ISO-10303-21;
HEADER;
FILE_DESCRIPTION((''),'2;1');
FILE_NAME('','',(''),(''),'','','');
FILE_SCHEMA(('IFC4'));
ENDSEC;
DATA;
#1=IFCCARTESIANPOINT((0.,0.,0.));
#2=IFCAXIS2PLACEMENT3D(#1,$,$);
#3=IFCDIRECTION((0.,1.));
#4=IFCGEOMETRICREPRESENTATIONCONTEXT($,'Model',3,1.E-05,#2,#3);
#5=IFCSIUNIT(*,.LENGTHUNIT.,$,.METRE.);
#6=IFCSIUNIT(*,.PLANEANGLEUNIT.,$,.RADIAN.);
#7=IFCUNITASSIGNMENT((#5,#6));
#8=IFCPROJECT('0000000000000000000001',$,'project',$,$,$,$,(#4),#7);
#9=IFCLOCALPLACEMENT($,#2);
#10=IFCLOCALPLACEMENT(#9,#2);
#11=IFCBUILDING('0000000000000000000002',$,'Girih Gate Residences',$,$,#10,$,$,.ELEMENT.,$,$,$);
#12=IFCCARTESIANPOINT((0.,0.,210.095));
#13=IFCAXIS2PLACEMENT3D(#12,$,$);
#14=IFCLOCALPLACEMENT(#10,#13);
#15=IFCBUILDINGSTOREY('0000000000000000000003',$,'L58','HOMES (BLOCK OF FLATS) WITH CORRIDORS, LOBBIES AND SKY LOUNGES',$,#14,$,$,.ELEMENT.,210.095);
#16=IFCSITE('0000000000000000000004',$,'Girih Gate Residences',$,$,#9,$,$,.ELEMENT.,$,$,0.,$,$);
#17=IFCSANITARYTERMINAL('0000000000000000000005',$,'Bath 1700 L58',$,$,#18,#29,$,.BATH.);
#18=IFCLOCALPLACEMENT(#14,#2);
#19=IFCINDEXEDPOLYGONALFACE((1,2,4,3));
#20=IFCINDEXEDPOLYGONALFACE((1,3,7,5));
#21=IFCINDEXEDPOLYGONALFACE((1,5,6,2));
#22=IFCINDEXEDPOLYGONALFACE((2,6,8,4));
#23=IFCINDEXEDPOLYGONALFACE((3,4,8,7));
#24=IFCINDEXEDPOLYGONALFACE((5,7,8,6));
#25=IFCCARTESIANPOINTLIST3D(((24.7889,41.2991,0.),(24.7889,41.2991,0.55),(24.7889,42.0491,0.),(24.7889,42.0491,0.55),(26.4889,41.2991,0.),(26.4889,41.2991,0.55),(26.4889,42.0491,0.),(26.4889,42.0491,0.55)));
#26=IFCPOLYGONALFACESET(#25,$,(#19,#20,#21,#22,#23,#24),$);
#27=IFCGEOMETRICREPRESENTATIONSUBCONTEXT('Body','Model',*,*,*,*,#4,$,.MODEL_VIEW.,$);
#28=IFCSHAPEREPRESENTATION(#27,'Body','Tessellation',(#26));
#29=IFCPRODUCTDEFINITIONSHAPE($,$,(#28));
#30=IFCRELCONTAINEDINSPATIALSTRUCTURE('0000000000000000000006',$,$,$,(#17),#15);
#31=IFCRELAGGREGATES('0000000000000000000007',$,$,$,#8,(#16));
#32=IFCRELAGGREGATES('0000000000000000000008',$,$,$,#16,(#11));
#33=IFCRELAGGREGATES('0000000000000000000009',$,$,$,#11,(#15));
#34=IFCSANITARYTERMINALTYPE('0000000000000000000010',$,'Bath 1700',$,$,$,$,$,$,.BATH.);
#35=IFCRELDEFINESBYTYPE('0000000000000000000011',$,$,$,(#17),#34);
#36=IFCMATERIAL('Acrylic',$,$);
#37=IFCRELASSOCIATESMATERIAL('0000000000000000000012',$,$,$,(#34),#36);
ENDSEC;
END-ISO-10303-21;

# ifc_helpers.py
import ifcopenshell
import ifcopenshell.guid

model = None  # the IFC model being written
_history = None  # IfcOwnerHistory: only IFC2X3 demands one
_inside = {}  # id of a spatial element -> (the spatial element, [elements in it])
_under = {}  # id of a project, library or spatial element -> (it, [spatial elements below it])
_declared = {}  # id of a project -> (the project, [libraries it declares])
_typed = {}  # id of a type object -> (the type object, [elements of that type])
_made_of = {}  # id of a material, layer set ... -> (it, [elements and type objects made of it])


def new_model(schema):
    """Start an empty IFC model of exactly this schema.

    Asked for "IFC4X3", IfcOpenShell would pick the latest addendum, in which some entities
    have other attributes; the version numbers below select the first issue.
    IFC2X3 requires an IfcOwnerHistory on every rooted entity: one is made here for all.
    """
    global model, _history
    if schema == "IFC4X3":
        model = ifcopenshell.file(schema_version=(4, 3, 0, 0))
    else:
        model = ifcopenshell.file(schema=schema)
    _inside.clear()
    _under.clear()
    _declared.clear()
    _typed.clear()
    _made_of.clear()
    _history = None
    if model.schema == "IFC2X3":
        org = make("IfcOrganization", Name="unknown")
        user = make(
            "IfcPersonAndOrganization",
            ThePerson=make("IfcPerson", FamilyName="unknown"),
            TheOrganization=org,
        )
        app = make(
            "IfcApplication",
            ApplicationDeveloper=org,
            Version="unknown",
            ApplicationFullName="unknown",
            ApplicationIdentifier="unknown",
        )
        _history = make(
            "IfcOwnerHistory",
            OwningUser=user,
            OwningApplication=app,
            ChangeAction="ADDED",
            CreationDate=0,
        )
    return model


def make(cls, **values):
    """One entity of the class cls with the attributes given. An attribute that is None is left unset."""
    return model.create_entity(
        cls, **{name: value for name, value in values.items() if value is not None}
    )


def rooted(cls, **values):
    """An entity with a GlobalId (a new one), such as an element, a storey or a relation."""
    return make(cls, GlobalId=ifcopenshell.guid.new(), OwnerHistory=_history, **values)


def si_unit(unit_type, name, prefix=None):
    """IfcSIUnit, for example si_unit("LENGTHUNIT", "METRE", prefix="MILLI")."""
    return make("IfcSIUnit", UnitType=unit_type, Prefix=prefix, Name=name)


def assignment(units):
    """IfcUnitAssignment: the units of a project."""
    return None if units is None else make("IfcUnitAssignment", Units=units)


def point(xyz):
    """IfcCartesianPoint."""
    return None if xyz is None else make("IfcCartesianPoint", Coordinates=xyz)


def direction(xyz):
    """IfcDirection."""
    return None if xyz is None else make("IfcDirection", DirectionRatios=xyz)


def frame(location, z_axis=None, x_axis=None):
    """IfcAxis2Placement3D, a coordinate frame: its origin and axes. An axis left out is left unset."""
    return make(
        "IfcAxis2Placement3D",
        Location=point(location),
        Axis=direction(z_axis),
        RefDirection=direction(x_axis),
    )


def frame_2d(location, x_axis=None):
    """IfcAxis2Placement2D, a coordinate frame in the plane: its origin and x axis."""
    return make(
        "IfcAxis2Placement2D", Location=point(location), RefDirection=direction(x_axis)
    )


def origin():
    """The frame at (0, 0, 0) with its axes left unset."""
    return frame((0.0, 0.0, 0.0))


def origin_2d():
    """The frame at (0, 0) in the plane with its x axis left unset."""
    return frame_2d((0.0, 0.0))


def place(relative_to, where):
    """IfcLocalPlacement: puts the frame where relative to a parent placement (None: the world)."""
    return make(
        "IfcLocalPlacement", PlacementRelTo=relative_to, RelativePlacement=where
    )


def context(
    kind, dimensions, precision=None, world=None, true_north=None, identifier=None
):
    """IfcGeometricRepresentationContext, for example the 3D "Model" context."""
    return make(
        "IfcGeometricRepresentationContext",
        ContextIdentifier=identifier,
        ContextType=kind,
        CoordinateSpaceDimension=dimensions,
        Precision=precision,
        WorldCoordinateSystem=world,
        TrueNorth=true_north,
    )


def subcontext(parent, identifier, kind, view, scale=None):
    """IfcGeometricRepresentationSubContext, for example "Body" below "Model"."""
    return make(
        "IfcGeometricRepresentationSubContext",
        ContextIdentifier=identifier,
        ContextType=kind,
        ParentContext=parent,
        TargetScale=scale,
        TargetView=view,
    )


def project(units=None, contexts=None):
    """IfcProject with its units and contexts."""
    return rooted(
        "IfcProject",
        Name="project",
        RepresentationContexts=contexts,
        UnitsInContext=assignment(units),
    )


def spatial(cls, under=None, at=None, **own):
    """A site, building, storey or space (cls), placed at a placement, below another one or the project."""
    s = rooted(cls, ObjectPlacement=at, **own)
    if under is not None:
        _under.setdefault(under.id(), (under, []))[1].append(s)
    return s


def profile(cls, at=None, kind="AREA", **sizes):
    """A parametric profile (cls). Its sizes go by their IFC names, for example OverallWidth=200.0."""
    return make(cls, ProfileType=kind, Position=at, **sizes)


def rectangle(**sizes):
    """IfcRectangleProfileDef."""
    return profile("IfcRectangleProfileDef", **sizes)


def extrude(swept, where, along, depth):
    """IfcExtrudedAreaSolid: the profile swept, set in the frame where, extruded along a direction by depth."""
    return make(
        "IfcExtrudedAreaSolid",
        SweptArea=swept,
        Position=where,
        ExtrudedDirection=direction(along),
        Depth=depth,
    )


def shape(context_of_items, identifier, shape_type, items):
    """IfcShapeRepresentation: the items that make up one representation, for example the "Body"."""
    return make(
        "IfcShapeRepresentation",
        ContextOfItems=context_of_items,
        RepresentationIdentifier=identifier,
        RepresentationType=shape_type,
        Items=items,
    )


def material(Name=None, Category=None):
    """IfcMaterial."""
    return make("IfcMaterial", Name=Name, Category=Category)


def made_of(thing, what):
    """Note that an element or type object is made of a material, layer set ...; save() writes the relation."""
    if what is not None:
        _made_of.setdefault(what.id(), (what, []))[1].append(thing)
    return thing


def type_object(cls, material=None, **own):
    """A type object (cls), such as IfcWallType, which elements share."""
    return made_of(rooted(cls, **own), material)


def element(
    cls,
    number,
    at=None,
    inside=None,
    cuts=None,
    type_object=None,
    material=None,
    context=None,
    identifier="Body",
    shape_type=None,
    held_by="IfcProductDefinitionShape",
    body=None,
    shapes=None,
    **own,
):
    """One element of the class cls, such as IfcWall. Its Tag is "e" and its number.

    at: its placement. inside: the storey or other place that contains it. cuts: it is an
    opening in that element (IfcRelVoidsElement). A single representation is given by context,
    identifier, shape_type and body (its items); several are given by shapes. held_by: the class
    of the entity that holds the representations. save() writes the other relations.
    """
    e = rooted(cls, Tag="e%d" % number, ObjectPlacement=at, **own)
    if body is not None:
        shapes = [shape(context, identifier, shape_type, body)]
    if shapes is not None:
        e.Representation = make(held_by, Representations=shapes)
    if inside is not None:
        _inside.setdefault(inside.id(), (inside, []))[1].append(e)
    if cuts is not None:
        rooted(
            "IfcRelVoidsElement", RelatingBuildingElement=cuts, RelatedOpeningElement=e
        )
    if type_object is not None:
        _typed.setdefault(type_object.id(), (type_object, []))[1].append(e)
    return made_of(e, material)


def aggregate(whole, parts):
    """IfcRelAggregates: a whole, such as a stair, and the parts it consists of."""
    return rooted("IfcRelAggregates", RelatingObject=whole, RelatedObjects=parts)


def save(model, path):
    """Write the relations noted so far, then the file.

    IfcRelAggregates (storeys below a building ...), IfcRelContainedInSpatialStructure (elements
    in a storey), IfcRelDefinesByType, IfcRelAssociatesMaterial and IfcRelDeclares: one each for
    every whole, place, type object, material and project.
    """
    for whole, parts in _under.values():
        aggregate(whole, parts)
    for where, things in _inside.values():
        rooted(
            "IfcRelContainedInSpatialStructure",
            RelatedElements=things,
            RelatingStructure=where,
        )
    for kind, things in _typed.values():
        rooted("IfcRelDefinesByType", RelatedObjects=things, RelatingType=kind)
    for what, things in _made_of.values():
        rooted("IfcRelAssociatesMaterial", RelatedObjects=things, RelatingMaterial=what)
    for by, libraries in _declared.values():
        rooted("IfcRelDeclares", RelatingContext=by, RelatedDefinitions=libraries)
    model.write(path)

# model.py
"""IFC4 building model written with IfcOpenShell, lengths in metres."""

from ifc_helpers import new_model, si_unit, direction, frame, origin, origin_2d, place, context, subcontext, project, spatial, rectangle, extrude, material, type_object, element, save


model = new_model("IFC4")

# Units and contexts
model_context = context("Model", 3, precision=1e-05, world=origin(), true_north=direction((0.0, 1.0)))
body_context = subcontext(model_context, "Body", "Model", "MODEL_VIEW")
ifc_project = project(units=[si_unit("LENGTHUNIT", "METRE"), si_unit("PLANEANGLEUNIT", "RADIAN")], contexts=[model_context])

# Site, building, storey
site_placement = place(None, origin())
site = spatial("IfcSite", under=ifc_project, at=site_placement, Name="Girih Gate Residences", CompositionType="ELEMENT", RefElevation=0.0)
building_placement = place(site_placement, origin())
building = spatial("IfcBuilding", under=site, at=building_placement, Name="Girih Gate Residences", CompositionType="ELEMENT")
storey_placement = place(building_placement, frame((0.0, 0.0, 210.095)))
storey = spatial("IfcBuildingStorey", under=building, at=storey_placement, Name="L58", Description="HOMES (BLOCK OF FLATS) WITH CORRIDORS, LOBBIES AND SKY LOUNGES", CompositionType="ELEMENT", Elevation=210.095)

# Sanitary terminal
ifc_material_1 = material(Name="Acrylic")
sanitary_terminal_type = type_object("IfcSanitaryTerminalType", Name="Bath 1700", PredefinedType="BATH", material=ifc_material_1)
sanitary_terminal_placement = place(storey_placement, frame((25.6389, 41.6741, 0.0), z_axis=(0.0, 0.0, 1.0), x_axis=(1.0, 0.0, 0.0)))
element("IfcSanitaryTerminal", 1, at=sanitary_terminal_placement, inside=storey, type_object=sanitary_terminal_type, Name="Bath 1700 L58", PredefinedType="BATH", context=body_context, shape_type="SweptSolid", body=[
    extrude(rectangle(XDim=1.7, YDim=0.75, at=origin_2d()), origin(), (0.0, 0.0, 1.0), 0.55),
])

save(model, "model.ifc")
